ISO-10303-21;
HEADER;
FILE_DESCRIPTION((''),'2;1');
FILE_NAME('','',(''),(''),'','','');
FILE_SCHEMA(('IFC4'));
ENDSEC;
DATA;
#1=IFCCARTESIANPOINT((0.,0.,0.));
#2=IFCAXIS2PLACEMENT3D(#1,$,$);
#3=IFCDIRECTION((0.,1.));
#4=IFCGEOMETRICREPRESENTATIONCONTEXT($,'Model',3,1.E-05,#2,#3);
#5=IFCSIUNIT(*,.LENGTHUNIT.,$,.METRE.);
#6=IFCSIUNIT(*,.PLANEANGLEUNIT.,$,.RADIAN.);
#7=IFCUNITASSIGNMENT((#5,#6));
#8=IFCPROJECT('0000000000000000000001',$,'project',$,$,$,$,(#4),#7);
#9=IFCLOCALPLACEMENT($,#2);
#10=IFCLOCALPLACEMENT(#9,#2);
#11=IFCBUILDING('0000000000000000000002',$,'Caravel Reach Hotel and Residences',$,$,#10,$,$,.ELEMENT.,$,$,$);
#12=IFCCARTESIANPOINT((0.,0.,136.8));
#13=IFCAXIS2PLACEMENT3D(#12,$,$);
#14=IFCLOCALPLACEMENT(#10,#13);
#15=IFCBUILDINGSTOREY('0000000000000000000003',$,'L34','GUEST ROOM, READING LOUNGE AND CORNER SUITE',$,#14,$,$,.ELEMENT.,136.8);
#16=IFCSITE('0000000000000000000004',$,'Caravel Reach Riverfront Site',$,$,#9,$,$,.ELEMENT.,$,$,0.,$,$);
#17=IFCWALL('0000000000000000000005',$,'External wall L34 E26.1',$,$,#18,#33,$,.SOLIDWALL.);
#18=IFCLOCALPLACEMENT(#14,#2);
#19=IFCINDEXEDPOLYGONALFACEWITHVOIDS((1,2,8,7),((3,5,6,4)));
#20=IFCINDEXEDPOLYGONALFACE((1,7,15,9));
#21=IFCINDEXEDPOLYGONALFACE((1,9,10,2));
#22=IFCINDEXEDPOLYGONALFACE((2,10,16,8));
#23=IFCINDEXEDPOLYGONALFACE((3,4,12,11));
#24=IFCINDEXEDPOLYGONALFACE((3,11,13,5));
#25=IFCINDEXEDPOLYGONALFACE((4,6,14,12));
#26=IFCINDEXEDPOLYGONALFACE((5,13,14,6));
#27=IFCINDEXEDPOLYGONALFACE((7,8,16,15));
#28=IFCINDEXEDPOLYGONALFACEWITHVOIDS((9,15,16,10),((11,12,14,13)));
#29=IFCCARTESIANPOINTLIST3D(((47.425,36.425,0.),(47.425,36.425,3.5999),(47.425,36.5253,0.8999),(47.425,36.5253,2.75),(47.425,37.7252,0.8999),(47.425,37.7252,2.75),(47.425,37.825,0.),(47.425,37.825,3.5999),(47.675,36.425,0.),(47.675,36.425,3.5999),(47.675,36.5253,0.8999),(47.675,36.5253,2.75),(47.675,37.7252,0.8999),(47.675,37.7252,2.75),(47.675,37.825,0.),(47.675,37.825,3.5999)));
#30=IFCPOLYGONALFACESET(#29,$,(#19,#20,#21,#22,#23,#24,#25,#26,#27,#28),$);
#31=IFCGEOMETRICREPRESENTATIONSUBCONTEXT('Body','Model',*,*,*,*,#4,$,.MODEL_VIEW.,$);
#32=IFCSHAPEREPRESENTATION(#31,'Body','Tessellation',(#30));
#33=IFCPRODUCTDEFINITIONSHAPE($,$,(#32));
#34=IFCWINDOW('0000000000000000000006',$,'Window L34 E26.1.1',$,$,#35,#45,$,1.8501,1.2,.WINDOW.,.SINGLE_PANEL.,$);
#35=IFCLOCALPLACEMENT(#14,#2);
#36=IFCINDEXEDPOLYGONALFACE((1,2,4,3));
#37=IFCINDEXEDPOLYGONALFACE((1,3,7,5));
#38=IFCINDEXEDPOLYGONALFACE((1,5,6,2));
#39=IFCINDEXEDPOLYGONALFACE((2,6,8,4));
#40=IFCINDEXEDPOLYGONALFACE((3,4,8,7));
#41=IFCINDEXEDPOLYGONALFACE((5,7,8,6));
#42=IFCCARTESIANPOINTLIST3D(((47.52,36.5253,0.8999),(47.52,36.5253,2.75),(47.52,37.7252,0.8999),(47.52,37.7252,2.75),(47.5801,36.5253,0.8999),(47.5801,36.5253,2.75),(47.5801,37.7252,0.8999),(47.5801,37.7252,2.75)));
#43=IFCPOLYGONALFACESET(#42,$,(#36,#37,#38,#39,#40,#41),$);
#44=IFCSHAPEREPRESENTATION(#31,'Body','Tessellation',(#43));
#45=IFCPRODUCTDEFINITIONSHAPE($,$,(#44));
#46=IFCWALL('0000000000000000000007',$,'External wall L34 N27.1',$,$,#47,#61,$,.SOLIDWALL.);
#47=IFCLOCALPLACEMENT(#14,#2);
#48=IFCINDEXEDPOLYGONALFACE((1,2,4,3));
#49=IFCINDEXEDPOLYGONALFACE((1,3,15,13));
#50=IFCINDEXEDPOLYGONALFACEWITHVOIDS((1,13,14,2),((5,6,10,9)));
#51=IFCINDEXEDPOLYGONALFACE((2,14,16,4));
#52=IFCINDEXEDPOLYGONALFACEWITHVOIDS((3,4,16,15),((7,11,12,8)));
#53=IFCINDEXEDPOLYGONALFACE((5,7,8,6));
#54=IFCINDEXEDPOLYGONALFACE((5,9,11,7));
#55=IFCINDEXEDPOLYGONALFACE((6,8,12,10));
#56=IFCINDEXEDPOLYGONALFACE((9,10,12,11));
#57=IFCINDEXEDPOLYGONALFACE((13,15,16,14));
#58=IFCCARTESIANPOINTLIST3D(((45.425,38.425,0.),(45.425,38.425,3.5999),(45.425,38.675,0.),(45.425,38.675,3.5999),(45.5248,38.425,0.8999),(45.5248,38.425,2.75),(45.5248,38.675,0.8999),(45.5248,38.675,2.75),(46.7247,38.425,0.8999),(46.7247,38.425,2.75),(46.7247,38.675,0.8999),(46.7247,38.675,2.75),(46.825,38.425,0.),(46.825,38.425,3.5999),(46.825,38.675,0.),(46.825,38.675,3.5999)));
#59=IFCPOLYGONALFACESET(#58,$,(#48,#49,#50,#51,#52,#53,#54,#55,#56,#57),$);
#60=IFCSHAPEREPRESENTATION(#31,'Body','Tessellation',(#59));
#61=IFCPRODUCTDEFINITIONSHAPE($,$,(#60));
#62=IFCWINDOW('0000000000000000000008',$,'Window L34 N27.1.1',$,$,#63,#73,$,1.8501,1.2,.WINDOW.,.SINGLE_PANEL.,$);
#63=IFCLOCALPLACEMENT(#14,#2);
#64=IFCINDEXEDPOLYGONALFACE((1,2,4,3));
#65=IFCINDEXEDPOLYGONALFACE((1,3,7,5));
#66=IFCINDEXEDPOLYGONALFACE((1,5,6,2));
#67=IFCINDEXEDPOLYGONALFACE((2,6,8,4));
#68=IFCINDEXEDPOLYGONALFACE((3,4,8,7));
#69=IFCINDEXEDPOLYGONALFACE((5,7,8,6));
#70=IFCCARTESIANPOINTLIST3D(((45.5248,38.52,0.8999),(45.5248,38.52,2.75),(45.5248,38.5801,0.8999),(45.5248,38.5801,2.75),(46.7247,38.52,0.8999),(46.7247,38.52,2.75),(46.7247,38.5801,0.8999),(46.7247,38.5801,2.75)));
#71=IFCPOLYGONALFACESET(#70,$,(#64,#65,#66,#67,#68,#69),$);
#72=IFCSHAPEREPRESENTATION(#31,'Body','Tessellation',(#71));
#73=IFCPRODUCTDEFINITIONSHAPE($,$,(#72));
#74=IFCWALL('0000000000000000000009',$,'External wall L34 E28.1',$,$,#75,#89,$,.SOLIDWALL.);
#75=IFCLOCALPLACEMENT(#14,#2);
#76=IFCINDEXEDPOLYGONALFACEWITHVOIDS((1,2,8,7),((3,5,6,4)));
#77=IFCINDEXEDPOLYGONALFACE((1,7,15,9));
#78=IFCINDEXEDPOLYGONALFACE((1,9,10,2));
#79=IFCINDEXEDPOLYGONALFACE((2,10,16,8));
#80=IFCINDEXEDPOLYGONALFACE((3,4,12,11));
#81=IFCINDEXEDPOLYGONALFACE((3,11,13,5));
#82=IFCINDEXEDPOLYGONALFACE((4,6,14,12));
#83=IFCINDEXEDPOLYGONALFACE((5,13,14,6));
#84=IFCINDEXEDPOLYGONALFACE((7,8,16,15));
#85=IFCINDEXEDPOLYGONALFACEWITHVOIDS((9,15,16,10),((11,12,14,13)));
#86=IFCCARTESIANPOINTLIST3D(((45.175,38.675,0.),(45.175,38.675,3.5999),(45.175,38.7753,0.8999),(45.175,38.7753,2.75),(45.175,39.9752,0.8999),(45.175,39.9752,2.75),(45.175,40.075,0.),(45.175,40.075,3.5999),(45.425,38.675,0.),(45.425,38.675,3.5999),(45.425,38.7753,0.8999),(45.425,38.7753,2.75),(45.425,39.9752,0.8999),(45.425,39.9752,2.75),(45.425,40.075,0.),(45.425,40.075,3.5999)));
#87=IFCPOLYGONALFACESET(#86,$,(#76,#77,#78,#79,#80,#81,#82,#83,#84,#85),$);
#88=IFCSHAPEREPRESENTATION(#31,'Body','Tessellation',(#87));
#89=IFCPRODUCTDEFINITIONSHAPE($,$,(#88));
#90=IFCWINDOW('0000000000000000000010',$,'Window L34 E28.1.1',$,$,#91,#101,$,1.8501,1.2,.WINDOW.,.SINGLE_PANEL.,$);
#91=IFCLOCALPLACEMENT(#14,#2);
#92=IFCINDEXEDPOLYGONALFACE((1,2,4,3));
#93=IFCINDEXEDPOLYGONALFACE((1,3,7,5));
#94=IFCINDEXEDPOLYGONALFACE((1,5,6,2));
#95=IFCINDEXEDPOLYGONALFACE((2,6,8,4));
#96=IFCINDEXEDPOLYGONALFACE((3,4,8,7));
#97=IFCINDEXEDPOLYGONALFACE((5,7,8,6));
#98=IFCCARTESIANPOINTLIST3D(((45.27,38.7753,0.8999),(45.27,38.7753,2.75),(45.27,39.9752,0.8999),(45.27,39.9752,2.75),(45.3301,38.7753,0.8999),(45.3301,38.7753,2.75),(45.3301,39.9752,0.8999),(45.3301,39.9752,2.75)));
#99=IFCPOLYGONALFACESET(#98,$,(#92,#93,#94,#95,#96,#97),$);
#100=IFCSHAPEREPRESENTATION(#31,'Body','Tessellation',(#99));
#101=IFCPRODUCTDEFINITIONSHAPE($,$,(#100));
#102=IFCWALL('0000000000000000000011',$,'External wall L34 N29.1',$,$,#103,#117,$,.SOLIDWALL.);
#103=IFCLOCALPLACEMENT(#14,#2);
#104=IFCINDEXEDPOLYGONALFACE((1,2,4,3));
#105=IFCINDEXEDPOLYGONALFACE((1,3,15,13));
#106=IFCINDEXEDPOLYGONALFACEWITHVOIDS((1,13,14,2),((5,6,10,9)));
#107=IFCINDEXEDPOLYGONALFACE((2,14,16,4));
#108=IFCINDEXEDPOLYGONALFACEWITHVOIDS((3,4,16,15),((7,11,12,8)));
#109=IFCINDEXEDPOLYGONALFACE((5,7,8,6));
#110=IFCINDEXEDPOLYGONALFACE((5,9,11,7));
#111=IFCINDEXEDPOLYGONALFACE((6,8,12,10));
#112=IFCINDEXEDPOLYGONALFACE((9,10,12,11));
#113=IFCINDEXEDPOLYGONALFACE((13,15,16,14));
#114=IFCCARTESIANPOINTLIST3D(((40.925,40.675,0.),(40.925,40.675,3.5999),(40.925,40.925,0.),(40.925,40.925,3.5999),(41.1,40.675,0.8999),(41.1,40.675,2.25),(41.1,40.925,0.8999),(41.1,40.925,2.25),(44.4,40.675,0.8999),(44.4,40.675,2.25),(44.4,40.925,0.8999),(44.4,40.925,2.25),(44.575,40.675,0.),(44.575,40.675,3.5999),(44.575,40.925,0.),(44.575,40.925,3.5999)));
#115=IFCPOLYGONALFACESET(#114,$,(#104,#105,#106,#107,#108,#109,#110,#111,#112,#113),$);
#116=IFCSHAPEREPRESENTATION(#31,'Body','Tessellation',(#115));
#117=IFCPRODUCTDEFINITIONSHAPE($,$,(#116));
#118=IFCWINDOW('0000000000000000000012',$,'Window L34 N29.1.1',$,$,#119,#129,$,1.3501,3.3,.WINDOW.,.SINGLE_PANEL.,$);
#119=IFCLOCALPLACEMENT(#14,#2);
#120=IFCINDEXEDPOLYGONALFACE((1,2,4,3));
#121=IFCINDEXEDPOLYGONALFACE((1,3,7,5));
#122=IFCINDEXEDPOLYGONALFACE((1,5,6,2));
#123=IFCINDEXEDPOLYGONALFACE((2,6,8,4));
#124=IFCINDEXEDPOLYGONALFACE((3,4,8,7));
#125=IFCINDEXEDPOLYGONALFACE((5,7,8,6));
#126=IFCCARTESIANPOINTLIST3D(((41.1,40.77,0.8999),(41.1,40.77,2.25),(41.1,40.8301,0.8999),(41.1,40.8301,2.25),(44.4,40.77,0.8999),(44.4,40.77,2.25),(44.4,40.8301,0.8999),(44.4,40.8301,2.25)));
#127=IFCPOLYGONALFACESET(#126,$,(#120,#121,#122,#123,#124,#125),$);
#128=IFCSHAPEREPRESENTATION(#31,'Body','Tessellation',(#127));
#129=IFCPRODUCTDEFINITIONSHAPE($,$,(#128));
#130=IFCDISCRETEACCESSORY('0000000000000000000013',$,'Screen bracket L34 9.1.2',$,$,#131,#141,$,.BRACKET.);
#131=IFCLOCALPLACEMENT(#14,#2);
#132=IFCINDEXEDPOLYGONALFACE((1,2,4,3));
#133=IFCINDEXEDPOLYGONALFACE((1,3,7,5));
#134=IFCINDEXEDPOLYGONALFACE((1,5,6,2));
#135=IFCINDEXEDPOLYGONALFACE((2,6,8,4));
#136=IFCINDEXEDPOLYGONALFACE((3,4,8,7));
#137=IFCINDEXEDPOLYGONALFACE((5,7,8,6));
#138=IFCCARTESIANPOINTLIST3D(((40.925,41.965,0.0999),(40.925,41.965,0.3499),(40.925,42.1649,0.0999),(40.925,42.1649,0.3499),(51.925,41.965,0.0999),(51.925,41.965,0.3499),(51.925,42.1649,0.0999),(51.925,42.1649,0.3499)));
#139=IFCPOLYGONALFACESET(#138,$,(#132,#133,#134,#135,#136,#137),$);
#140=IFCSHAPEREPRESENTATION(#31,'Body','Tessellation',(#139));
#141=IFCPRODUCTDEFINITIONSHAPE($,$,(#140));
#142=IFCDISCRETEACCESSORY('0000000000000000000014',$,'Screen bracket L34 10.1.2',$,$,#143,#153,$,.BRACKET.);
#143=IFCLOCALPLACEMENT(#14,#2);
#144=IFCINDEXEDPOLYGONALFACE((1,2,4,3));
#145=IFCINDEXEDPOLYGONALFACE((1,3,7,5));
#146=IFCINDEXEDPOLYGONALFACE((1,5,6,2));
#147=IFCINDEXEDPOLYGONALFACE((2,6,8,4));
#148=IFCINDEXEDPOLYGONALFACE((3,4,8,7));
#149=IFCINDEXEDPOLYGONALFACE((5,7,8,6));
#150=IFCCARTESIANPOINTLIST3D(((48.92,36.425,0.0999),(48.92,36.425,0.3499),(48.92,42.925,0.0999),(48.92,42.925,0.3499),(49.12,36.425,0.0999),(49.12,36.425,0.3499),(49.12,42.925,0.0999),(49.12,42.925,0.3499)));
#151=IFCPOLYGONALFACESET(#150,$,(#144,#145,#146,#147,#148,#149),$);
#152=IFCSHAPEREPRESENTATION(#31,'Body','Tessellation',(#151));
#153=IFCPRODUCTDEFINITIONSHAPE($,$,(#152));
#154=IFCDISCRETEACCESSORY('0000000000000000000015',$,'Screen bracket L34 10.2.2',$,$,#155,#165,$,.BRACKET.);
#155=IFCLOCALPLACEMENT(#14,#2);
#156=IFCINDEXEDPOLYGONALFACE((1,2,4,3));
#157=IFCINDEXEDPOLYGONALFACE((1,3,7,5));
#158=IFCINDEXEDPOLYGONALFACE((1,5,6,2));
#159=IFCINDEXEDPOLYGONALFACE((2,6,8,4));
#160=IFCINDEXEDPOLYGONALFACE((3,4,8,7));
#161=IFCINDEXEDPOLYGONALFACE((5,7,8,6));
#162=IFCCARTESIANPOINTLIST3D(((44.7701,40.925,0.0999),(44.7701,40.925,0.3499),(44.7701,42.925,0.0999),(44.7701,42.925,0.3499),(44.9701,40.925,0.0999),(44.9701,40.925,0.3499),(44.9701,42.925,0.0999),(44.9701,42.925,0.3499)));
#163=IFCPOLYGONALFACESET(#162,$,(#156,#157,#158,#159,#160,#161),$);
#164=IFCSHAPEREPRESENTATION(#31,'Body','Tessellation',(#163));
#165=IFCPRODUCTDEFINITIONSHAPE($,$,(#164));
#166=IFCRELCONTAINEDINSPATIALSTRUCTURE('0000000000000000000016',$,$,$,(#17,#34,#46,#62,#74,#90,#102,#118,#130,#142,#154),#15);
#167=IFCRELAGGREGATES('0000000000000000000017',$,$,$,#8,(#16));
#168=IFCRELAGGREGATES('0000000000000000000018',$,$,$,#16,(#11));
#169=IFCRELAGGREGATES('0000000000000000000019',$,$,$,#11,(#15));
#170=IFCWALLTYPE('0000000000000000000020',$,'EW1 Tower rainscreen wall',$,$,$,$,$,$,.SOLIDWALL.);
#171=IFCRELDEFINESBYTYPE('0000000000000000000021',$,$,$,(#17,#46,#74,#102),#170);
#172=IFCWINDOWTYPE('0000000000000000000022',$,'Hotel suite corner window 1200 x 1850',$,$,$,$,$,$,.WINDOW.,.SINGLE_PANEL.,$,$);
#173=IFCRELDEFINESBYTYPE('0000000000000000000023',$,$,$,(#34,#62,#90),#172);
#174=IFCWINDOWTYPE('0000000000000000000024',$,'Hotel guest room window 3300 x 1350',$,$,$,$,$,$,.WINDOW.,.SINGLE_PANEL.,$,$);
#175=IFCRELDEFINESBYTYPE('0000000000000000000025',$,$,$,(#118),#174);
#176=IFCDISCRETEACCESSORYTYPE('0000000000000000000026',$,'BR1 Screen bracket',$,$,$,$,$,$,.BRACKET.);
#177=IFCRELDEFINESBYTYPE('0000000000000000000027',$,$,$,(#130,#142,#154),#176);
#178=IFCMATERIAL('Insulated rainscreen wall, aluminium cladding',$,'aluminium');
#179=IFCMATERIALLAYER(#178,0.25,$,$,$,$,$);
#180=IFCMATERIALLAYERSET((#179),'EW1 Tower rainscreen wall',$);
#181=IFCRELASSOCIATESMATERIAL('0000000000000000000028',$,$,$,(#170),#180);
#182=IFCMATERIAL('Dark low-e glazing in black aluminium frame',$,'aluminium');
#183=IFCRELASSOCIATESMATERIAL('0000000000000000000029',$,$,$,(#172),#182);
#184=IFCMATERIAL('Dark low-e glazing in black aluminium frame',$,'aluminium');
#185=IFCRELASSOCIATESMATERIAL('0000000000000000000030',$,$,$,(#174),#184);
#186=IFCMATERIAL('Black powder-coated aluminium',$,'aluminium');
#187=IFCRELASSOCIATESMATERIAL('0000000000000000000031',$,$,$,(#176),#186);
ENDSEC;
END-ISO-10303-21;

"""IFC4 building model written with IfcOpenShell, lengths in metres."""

from ifc_helpers import new_model, si_unit, direction, frame, frame_2d, origin, origin_2d, place, context, subcontext, project, spatial, rectangle, extrude, material, layer, layer_set, type_object, element, fill, save


model = new_model("IFC4")

# Units and contexts
model_context = context("Model", 3, precision=1e-05, world=origin(), true_north=direction((0.0, 1.0)))
body_context = subcontext(model_context, "Body", "Model", "MODEL_VIEW")
ifc_project = project(units=[si_unit("LENGTHUNIT", "METRE"), si_unit("PLANEANGLEUNIT", "RADIAN")], contexts=[model_context])

# Site, building, storey
site_placement = place(None, origin())
site = spatial("IfcSite", under=ifc_project, at=site_placement, Name="Caravel Reach Riverfront Site", CompositionType="ELEMENT", RefElevation=0.0)
building_placement = place(site_placement, origin())
building = spatial("IfcBuilding", under=site, at=building_placement, Name="Caravel Reach Hotel and Residences", CompositionType="ELEMENT")
storey_placement = place(building_placement, frame((0.0, 0.0, 136.8)))
storey = spatial("IfcBuildingStorey", under=building, at=storey_placement, Name="L34", Description="GUEST ROOM, READING LOUNGE AND CORNER SUITE", CompositionType="ELEMENT", Elevation=136.8)

# Walls, openings, windows
ifc_material_1 = material(Name="Insulated rainscreen wall, aluminium cladding", Category="aluminium")
ifc_layer = layer(ifc_material_1, 0.25)
ifc_layer_set = layer_set([ifc_layer], Name="EW1 Tower rainscreen wall")
wall_type = type_object("IfcWallType", Name="EW1 Tower rainscreen wall", PredefinedType="SOLIDWALL", material=ifc_layer_set)
wall_1_placement = place(storey_placement, frame((47.55, 36.425, 0.0), z_axis=(0.0, 0.0, 1.0), x_axis=(0.0, 1.0, 0.0)))
wall_1 = element("IfcWall", 1, at=wall_1_placement, inside=storey, type_object=wall_type, Name="External wall L34 E26.1", PredefinedType="SOLIDWALL", context=body_context, shape_type="SweptSolid", body=[
    extrude(rectangle(XDim=1.3999, YDim=0.25, at=frame_2d((0.7, 0.0))), origin(), (0.0, 0.0, 1.0), 3.5999),
])
opening_1_placement = place(wall_1_placement, frame((0.1001, 0.0, 0.8999)))
opening_1 = element("IfcOpeningElement", 2, at=opening_1_placement, cuts=wall_1, PredefinedType="OPENING", context=body_context, shape_type="SweptSolid", body=[
    extrude(rectangle(XDim=1.2, YDim=1.8501, at=frame_2d((0.6001, 0.925))), frame((0.0, 0.135, 0.0), z_axis=(0.0, -1.0, 0.0), x_axis=(1.0, 0.0, 0.0)), (0.0, 0.0, 1.0), 0.27),
])
ifc_material_2 = material(Name="Dark low-e glazing in black aluminium frame", Category="aluminium")
window_type_1 = type_object("IfcWindowType", Name="Hotel suite corner window 1200 x 1850", PartitioningType="SINGLE_PANEL", PredefinedType="WINDOW", material=ifc_material_2)
window_1_placement = place(opening_1_placement, origin())
window_1 = element("IfcWindow", 3, at=window_1_placement, inside=storey, type_object=window_type_1, Name="Window L34 E26.1.1", OverallHeight=1.8501, OverallWidth=1.2, PartitioningType="SINGLE_PANEL", PredefinedType="WINDOW", context=body_context, shape_type="SweptSolid", body=[
    extrude(rectangle(XDim=1.2, YDim=1.8501, at=frame_2d((0.6001, 0.925))), frame((0.0, 0.03, 0.0), z_axis=(0.0, -1.0, 0.0), x_axis=(1.0, 0.0, 0.0)), (0.0, 0.0, 1.0), 0.0601),
])
fill(opening_1, window_1)
wall_2_placement = place(storey_placement, frame((46.825, 38.55, 0.0), z_axis=(0.0, 0.0, 1.0), x_axis=(-1.0, 0.0, 0.0)))
wall_2 = element("IfcWall", 4, at=wall_2_placement, inside=storey, type_object=wall_type, Name="External wall L34 N27.1", PredefinedType="SOLIDWALL", context=body_context, shape_type="SweptSolid", body=[
    extrude(rectangle(XDim=1.3999, YDim=0.25, at=frame_2d((0.7, 0.0))), origin(), (0.0, 0.0, 1.0), 3.5999),
])
opening_2_placement = place(wall_2_placement, frame((0.1001, 0.0, 0.8999)))
opening_2 = element("IfcOpeningElement", 5, at=opening_2_placement, cuts=wall_2, PredefinedType="OPENING", context=body_context, shape_type="SweptSolid", body=[
    extrude(rectangle(XDim=1.2, YDim=1.8501, at=frame_2d((0.6001, 0.925))), frame((0.0, 0.135, 0.0), z_axis=(0.0, -1.0, 0.0), x_axis=(1.0, 0.0, 0.0)), (0.0, 0.0, 1.0), 0.27),
])
window_2_placement = place(opening_2_placement, origin())
window_2 = element("IfcWindow", 6, at=window_2_placement, inside=storey, type_object=window_type_1, Name="Window L34 N27.1.1", OverallHeight=1.8501, OverallWidth=1.2, PartitioningType="SINGLE_PANEL", PredefinedType="WINDOW", context=body_context, shape_type="SweptSolid", body=[
    extrude(rectangle(XDim=1.2, YDim=1.8501, at=frame_2d((0.6001, 0.925))), frame((0.0, 0.03, 0.0), z_axis=(0.0, -1.0, 0.0), x_axis=(1.0, 0.0, 0.0)), (0.0, 0.0, 1.0), 0.0601),
])
fill(opening_2, window_2)
wall_3_placement = place(storey_placement, frame((45.3, 38.675, 0.0), z_axis=(0.0, 0.0, 1.0), x_axis=(0.0, 1.0, 0.0)))
wall_3 = element("IfcWall", 7, at=wall_3_placement, inside=storey, type_object=wall_type, Name="External wall L34 E28.1", PredefinedType="SOLIDWALL", context=body_context, shape_type="SweptSolid", body=[
    extrude(rectangle(XDim=1.3999, YDim=0.25, at=frame_2d((0.7, 0.0))), origin(), (0.0, 0.0, 1.0), 3.5999),
])
opening_3_placement = place(wall_3_placement, frame((0.1001, 0.0, 0.8999)))
opening_3 = element("IfcOpeningElement", 8, at=opening_3_placement, cuts=wall_3, PredefinedType="OPENING", context=body_context, shape_type="SweptSolid", body=[
    extrude(rectangle(XDim=1.2, YDim=1.8501, at=frame_2d((0.6001, 0.925))), frame((0.0, 0.135, 0.0), z_axis=(0.0, -1.0, 0.0), x_axis=(1.0, 0.0, 0.0)), (0.0, 0.0, 1.0), 0.27),
])
window_3_placement = place(opening_3_placement, origin())
window_3 = element("IfcWindow", 9, at=window_3_placement, inside=storey, type_object=window_type_1, Name="Window L34 E28.1.1", OverallHeight=1.8501, OverallWidth=1.2, PartitioningType="SINGLE_PANEL", PredefinedType="WINDOW", context=body_context, shape_type="SweptSolid", body=[
    extrude(rectangle(XDim=1.2, YDim=1.8501, at=frame_2d((0.6001, 0.925))), frame((0.0, 0.03, 0.0), z_axis=(0.0, -1.0, 0.0), x_axis=(1.0, 0.0, 0.0)), (0.0, 0.0, 1.0), 0.0601),
])
fill(opening_3, window_3)
wall_4_placement = place(storey_placement, frame((44.575, 40.8, 0.0), z_axis=(0.0, 0.0, 1.0), x_axis=(-1.0, 0.0, 0.0)))
wall_4 = element("IfcWall", 10, at=wall_4_placement, inside=storey, type_object=wall_type, Name="External wall L34 N29.1", PredefinedType="SOLIDWALL", context=body_context, shape_type="SweptSolid", body=[
    extrude(rectangle(XDim=3.6499, YDim=0.25, at=frame_2d((1.825, 0.0))), origin(), (0.0, 0.0, 1.0), 3.5999),
])
opening_4_placement = place(wall_4_placement, frame((0.175, 0.0, 0.8999)))
opening_4 = element("IfcOpeningElement", 11, at=opening_4_placement, cuts=wall_4, PredefinedType="OPENING", context=body_context, shape_type="SweptSolid", body=[
    extrude(rectangle(XDim=3.3, YDim=1.3501, at=frame_2d((1.6499, 0.675))), frame((0.0, 0.135, 0.0), z_axis=(0.0, -1.0, 0.0), x_axis=(1.0, 0.0, 0.0)), (0.0, 0.0, 1.0), 0.27),
])
ifc_material_3 = material(Name="Dark low-e glazing in black aluminium frame", Category="aluminium")
window_type_2 = type_object("IfcWindowType", Name="Hotel guest room window 3300 x 1350", PartitioningType="SINGLE_PANEL", PredefinedType="WINDOW", material=ifc_material_3)
window_4_placement = place(opening_4_placement, origin())
window_4 = element("IfcWindow", 12, at=window_4_placement, inside=storey, type_object=window_type_2, Name="Window L34 N29.1.1", OverallHeight=1.3501, OverallWidth=3.3, PartitioningType="SINGLE_PANEL", PredefinedType="WINDOW", context=body_context, shape_type="SweptSolid", body=[
    extrude(rectangle(XDim=3.3, YDim=1.3501, at=frame_2d((1.6499, 0.675))), frame((0.0, 0.03, 0.0), z_axis=(0.0, -1.0, 0.0), x_axis=(1.0, 0.0, 0.0)), (0.0, 0.0, 1.0), 0.0601),
])
fill(opening_4, window_4)

# Discrete accessories
ifc_material_4 = material(Name="Black powder-coated aluminium", Category="aluminium")
discrete_accessory_type = type_object("IfcDiscreteAccessoryType", Name="BR1 Screen bracket", PredefinedType="BRACKET", material=ifc_material_4)
discrete_accessory_1_placement = place(storey_placement, frame((46.425, 42.0649, 0.0999), z_axis=(0.0, 0.0, 1.0), x_axis=(1.0, 0.0, 0.0)))
element("IfcDiscreteAccessory", 13, at=discrete_accessory_1_placement, inside=storey, type_object=discrete_accessory_type, Name="Screen bracket L34 9.1.2", PredefinedType="BRACKET", context=body_context, shape_type="SweptSolid", body=[
    extrude(rectangle(XDim=11.0, YDim=0.2, at=origin_2d()), origin(), (0.0, 0.0, 1.0), 0.25),
])
discrete_accessory_2_placement = place(storey_placement, frame((49.02, 39.675, 0.0999), z_axis=(0.0, 0.0, 1.0), x_axis=(0.0, 1.0, 0.0)))
element("IfcDiscreteAccessory", 14, at=discrete_accessory_2_placement, inside=storey, type_object=discrete_accessory_type, Name="Screen bracket L34 10.1.2", PredefinedType="BRACKET", context=body_context, shape_type="SweptSolid", body=[
    extrude(rectangle(XDim=6.5, YDim=0.2, at=origin_2d()), origin(), (0.0, 0.0, 1.0), 0.25),
])
discrete_accessory_3_placement = place(storey_placement, frame((44.8701, 41.925, 0.0999), z_axis=(0.0, 0.0, 1.0), x_axis=(0.0, 1.0, 0.0)))
element("IfcDiscreteAccessory", 15, at=discrete_accessory_3_placement, inside=storey, type_object=discrete_accessory_type, Name="Screen bracket L34 10.2.2", PredefinedType="BRACKET", context=body_context, shape_type="SweptSolid", body=[
    extrude(rectangle(XDim=2.0, YDim=0.2, at=origin_2d()), origin(), (0.0, 0.0, 1.0), 0.25),
])

save(model, "model.ifc")
